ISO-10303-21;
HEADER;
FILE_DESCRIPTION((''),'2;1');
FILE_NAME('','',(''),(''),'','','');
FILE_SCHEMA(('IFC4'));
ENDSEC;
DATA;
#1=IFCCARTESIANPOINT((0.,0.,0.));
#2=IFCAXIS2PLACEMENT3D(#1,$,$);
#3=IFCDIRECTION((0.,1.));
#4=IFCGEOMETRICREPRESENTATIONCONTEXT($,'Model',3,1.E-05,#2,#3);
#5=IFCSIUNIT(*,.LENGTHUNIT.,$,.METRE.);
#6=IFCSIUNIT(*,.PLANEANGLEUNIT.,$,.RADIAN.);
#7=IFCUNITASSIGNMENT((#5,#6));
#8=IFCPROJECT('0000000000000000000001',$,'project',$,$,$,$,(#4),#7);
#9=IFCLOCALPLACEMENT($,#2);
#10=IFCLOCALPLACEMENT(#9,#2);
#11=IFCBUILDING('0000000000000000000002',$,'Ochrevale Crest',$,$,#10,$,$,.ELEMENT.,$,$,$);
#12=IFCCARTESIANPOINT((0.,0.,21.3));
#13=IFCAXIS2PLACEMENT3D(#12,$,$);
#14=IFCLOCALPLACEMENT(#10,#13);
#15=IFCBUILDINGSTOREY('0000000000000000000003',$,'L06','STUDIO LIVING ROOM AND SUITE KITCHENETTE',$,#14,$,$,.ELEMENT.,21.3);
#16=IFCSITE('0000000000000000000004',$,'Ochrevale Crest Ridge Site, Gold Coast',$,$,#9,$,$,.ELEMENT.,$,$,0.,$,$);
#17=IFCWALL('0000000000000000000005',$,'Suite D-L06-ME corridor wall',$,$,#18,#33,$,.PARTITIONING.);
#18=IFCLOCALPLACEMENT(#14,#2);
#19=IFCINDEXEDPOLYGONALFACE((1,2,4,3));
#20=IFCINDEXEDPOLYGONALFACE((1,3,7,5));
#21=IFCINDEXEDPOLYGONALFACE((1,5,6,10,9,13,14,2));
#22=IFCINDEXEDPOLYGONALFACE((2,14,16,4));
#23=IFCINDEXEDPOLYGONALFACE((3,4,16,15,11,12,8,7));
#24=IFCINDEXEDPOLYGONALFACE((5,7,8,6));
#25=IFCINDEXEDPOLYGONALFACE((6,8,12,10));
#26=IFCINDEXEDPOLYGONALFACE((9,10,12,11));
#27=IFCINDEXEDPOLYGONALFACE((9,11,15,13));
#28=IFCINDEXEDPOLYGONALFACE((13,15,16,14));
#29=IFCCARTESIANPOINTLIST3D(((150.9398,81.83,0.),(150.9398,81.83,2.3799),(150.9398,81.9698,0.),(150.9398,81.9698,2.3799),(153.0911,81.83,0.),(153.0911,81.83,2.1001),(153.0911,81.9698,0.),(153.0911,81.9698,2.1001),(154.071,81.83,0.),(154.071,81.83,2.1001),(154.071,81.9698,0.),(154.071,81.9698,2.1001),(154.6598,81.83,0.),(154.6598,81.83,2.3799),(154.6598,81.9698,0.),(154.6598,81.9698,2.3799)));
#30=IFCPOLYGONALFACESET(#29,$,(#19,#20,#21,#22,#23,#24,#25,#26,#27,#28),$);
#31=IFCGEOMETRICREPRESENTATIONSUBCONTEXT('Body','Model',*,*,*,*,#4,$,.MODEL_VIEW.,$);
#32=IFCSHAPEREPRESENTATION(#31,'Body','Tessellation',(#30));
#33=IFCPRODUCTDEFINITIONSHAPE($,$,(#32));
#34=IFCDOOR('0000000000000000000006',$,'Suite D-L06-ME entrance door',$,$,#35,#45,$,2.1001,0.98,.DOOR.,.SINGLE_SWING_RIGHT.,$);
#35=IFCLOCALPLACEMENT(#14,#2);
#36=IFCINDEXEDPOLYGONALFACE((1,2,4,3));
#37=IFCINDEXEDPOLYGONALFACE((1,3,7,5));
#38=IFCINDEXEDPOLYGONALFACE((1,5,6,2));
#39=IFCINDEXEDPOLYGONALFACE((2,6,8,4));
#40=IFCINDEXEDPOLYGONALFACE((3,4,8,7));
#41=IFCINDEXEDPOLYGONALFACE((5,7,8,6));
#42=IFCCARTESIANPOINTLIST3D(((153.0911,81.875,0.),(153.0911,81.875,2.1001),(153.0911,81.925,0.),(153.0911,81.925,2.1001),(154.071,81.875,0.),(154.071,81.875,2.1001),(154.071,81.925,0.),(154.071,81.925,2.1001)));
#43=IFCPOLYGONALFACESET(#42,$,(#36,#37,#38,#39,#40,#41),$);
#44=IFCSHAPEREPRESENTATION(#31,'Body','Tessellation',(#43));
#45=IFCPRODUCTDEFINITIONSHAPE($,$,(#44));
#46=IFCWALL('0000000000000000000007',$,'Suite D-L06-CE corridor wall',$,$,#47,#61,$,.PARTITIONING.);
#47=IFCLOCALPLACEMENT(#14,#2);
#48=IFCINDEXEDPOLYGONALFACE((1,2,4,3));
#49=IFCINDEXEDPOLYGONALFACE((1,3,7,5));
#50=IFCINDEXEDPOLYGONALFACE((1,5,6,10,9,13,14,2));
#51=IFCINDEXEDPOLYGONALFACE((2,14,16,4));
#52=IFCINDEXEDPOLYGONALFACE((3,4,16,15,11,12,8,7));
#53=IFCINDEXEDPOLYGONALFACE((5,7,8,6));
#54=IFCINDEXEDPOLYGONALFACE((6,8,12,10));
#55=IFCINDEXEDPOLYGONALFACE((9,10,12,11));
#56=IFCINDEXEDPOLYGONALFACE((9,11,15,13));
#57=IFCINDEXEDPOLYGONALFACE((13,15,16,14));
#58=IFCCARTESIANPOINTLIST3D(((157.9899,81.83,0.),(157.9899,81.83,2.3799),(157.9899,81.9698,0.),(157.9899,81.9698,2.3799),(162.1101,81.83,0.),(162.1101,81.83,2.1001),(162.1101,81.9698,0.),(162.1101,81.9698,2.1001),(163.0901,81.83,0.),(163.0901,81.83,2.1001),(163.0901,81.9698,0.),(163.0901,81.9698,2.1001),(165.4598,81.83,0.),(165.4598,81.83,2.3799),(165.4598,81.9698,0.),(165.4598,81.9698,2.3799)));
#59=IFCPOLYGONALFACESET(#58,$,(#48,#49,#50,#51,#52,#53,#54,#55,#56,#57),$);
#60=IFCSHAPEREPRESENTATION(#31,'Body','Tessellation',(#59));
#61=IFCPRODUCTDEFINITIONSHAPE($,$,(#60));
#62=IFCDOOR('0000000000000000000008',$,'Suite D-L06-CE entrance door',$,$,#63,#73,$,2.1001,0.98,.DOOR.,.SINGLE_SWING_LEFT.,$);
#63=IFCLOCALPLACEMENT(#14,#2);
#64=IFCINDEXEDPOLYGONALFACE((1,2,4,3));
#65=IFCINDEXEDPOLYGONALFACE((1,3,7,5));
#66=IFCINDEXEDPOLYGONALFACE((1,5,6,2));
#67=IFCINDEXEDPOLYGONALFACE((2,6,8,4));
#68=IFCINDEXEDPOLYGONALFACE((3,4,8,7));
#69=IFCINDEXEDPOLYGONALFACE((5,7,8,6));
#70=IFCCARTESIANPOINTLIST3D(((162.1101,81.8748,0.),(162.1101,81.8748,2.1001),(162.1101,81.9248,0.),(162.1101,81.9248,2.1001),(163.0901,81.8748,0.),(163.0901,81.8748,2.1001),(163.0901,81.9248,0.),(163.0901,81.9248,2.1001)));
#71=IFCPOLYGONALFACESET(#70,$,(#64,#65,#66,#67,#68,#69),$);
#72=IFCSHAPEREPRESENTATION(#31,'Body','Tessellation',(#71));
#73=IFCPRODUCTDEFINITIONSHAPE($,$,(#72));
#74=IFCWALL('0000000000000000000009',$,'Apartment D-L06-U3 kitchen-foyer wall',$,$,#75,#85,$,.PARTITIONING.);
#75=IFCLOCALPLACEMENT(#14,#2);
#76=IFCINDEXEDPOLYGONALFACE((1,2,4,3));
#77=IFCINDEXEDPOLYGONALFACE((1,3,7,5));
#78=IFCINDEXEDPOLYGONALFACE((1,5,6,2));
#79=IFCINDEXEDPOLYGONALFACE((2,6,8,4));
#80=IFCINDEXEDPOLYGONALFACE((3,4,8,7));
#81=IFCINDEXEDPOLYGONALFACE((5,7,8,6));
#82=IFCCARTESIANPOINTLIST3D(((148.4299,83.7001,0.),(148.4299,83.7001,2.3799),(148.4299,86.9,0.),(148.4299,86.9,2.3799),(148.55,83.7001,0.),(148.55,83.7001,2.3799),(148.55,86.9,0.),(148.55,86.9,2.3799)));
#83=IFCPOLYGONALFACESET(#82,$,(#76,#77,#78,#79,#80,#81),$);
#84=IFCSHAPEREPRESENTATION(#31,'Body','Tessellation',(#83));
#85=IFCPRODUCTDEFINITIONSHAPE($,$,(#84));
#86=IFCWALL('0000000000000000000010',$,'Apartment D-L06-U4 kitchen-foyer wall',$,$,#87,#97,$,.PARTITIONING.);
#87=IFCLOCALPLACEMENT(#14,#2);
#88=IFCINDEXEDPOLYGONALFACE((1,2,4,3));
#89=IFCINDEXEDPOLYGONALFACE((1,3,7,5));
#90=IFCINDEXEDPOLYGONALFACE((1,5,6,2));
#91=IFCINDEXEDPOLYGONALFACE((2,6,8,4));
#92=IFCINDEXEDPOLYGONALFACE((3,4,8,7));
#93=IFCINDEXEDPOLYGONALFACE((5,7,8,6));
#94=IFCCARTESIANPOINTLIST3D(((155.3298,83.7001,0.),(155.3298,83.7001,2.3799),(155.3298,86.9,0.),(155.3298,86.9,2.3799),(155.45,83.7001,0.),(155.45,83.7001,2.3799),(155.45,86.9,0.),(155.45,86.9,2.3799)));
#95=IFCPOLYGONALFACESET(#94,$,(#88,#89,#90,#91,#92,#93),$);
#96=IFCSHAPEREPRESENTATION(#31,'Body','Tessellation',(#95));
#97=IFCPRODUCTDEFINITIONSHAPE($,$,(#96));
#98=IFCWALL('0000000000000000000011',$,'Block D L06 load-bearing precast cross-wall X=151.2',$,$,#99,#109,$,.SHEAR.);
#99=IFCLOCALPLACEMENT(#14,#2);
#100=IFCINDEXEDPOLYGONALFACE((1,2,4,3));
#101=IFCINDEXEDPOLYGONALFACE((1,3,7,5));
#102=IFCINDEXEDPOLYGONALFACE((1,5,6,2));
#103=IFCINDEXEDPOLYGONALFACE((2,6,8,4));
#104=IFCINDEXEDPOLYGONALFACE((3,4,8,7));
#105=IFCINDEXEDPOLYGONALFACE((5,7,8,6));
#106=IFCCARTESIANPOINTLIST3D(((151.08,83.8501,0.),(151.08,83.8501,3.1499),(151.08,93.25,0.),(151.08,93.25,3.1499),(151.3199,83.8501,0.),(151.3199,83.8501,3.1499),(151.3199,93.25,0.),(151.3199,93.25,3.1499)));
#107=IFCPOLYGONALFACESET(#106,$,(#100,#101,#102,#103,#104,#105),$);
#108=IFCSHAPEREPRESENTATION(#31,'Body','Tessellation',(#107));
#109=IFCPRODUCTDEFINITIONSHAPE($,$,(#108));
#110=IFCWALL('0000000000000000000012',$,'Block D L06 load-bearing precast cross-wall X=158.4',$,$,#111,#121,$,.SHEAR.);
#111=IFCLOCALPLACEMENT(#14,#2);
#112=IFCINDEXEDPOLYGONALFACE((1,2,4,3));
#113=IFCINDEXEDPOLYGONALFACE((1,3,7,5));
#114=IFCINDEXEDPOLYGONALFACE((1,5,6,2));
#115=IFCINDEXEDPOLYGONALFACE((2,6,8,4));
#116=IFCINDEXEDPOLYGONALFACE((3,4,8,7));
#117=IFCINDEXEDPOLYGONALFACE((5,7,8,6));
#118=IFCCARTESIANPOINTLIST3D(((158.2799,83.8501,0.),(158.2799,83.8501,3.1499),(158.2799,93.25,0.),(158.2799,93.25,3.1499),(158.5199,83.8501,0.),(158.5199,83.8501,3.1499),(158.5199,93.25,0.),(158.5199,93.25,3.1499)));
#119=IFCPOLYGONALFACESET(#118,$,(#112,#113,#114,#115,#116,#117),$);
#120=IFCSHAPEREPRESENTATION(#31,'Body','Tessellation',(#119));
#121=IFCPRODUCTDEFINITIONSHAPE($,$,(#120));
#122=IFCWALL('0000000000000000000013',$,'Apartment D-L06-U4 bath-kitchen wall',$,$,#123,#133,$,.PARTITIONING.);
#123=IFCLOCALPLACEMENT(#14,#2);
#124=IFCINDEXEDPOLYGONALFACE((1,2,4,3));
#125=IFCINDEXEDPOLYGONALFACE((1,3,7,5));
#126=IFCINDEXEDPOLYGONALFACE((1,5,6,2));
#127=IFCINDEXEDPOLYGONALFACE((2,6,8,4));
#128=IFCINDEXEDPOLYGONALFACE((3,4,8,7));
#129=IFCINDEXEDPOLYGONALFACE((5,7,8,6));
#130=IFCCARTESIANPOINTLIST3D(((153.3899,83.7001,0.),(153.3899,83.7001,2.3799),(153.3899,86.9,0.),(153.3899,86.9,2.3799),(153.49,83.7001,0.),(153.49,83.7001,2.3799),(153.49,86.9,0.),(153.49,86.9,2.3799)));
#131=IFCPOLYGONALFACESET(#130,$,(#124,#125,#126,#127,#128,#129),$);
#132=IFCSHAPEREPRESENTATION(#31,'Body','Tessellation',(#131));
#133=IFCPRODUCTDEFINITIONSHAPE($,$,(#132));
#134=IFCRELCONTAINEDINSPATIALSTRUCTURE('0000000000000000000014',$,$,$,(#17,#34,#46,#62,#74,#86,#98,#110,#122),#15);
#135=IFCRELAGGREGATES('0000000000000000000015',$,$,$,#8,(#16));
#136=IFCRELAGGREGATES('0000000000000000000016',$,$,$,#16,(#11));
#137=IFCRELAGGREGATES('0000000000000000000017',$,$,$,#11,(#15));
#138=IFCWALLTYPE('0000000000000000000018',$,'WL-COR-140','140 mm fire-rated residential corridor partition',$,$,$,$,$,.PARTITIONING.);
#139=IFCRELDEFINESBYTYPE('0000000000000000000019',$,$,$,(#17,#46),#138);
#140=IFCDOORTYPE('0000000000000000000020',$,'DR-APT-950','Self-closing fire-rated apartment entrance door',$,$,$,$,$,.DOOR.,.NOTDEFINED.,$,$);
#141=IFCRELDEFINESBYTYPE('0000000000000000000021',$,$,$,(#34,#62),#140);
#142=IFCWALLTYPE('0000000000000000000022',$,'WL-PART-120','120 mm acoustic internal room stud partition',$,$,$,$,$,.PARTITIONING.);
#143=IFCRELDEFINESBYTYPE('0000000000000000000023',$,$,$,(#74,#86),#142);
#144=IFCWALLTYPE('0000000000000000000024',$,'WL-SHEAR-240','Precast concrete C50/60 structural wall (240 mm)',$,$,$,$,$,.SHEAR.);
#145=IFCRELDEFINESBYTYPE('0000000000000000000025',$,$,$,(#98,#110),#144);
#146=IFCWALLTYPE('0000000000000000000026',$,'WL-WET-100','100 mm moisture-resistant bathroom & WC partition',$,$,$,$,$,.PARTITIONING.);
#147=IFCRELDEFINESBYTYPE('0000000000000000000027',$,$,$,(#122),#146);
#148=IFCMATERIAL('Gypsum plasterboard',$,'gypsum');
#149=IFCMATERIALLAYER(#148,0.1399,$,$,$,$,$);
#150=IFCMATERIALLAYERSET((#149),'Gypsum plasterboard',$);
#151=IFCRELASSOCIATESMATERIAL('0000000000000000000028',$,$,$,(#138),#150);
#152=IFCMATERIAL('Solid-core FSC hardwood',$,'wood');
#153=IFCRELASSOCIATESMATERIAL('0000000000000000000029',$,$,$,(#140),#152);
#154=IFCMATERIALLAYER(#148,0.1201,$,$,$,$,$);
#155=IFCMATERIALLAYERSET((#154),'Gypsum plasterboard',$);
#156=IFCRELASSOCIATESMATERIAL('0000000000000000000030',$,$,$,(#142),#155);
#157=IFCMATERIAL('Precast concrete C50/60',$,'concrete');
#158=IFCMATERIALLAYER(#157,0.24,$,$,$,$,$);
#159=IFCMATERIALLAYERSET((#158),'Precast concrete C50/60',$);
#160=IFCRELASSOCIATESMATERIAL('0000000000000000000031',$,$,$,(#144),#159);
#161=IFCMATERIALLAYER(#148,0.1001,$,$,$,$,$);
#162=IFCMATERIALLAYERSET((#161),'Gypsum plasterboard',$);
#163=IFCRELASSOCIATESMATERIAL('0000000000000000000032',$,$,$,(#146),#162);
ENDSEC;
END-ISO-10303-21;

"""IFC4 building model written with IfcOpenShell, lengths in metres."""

from ifc_helpers import new_model, si_unit, direction, frame, frame_2d, origin, place, context, subcontext, project, spatial, rectangle, extrude, material, layer, layer_set, type_object, element, fill, save


model = new_model("IFC4")

# Units and contexts
model_context = context("Model", 3, precision=1e-05, world=origin(), true_north=direction((0.0, 1.0)))
body_context = subcontext(model_context, "Body", "Model", "MODEL_VIEW")
ifc_project = project(units=[si_unit("LENGTHUNIT", "METRE"), si_unit("PLANEANGLEUNIT", "RADIAN")], contexts=[model_context])

# Site, building, storey
site_placement = place(None, origin())
site = spatial("IfcSite", under=ifc_project, at=site_placement, Name="Ochrevale Crest Ridge Site, Gold Coast", CompositionType="ELEMENT", RefElevation=0.0)
building_placement = place(site_placement, origin())
building = spatial("IfcBuilding", under=site, at=building_placement, Name="Ochrevale Crest", CompositionType="ELEMENT")
storey_placement = place(building_placement, frame((0.0, 0.0, 21.3)))
storey = spatial("IfcBuildingStorey", under=building, at=storey_placement, Name="L06", Description="STUDIO LIVING ROOM AND SUITE KITCHENETTE", CompositionType="ELEMENT", Elevation=21.3)

# Shared definitions
ifc_material_1 = material(Name="Precast concrete C50/60", Category="concrete")

# Walls, openings, doors
ifc_material_2 = material(Name="Gypsum plasterboard", Category="gypsum")
ifc_layer_1 = layer(ifc_material_2, 0.1399)
ifc_layer_set_1 = layer_set([ifc_layer_1], Name="Gypsum plasterboard")
wall_type_1 = type_object("IfcWallType", Name="WL-COR-140", Description="140 mm fire-rated residential corridor partition", PredefinedType="PARTITIONING", material=ifc_layer_set_1)
ifc_material_3 = material(Name="Solid-core FSC hardwood", Category="wood")
door_type_1 = type_object("IfcDoorType", Name="DR-APT-950", Description="Self-closing fire-rated apartment entrance door", OperationType="NOTDEFINED", PredefinedType="DOOR", material=ifc_material_3)
wall_1_placement = place(storey_placement, frame((150.9399, 81.8999, 0.0), z_axis=(0.0, 0.0, 1.0), x_axis=(1.0, 0.0, 0.0)))
wall_1 = element("IfcWall", 1, at=wall_1_placement, inside=storey, type_object=wall_type_1, Name="Suite D-L06-ME corridor wall", PredefinedType="PARTITIONING", context=body_context, shape_type="SweptSolid", body=[
    extrude(rectangle(XDim=3.72, YDim=0.1399, at=frame_2d((1.8599, 0.0))), origin(), (0.0, 0.0, 1.0), 2.3799),
])
opening_1_placement = place(wall_1_placement, frame((3.1311, 0.0, 0.0), z_axis=(0.0, 0.0, 1.0), x_axis=(-1.0, 0.0, 0.0)))
opening_1 = element("IfcOpeningElement", 2, at=opening_1_placement, cuts=wall_1, PredefinedType="OPENING", context=body_context, shape_type="SweptSolid", body=[
    extrude(rectangle(XDim=0.98, YDim=2.1001, at=frame_2d((0.49, 1.05))), frame((0.0, 0.0801, 0.0), z_axis=(0.0, -1.0, 0.0), x_axis=(1.0, 0.0, 0.0)), (0.0, 0.0, 1.0), 0.1599),
])
door_1_placement = place(opening_1_placement, origin())
door_1 = element("IfcDoor", 3, at=door_1_placement, inside=storey, type_object=door_type_1, Name="Suite D-L06-ME entrance door", OperationType="SINGLE_SWING_RIGHT", OverallHeight=2.1001, OverallWidth=0.98, PredefinedType="DOOR", context=body_context, shape_type="SweptSolid", body=[
    extrude(rectangle(XDim=0.98, YDim=2.1001, at=frame_2d((0.49, 1.05))), frame((0.0, 0.0249, 0.0), z_axis=(0.0, -1.0, 0.0), x_axis=(1.0, 0.0, 0.0)), (0.0, 0.0, 1.0), 0.05),
])
fill(opening_1, door_1)
wall_2_placement = place(storey_placement, frame((157.99, 81.8999, 0.0), z_axis=(0.0, 0.0, 1.0), x_axis=(1.0, 0.0, 0.0)))
wall_2 = element("IfcWall", 4, at=wall_2_placement, inside=storey, type_object=wall_type_1, Name="Suite D-L06-CE corridor wall", PredefinedType="PARTITIONING", context=body_context, shape_type="SweptSolid", body=[
    extrude(rectangle(XDim=7.47, YDim=0.1399, at=frame_2d((3.7349, 0.0))), origin(), (0.0, 0.0, 1.0), 2.3799),
])
opening_2_placement = place(wall_2_placement, frame((4.1201, 0.0, 0.0)))
opening_2 = element("IfcOpeningElement", 5, at=opening_2_placement, cuts=wall_2, PredefinedType="OPENING", context=body_context, shape_type="SweptSolid", body=[
    extrude(rectangle(XDim=0.98, YDim=2.1001, at=frame_2d((0.49, 1.05))), frame((0.0, 0.0801, 0.0), z_axis=(0.0, -1.0, 0.0), x_axis=(1.0, 0.0, 0.0)), (0.0, 0.0, 1.0), 0.1599),
])
door_2_placement = place(opening_2_placement, origin())
door_2 = element("IfcDoor", 6, at=door_2_placement, inside=storey, type_object=door_type_1, Name="Suite D-L06-CE entrance door", OperationType="SINGLE_SWING_LEFT", OverallHeight=2.1001, OverallWidth=0.98, PredefinedType="DOOR", context=body_context, shape_type="SweptSolid", body=[
    extrude(rectangle(XDim=0.98, YDim=2.1001, at=frame_2d((0.49, 1.05))), frame((0.0, 0.0249, 0.0), z_axis=(0.0, -1.0, 0.0), x_axis=(1.0, 0.0, 0.0)), (0.0, 0.0, 1.0), 0.05),
])
fill(opening_2, door_2)

# Walls
ifc_layer_2 = layer(ifc_material_2, 0.1201)
ifc_layer_set_2 = layer_set([ifc_layer_2], Name="Gypsum plasterboard")
wall_type_2 = type_object("IfcWallType", Name="WL-PART-120", Description="120 mm acoustic internal room stud partition", PredefinedType="PARTITIONING", material=ifc_layer_set_2)
for number, where, z_axis, x_axis, name in (
    (7, (148.49, 83.7, 0.0), (0.0, 0.0, 1.0), (0.0, 1.0, 0.0), "Apartment D-L06-U3 kitchen-foyer wall"),
    (8, (155.3899, 83.7, 0.0), (0.0, 0.0, 1.0), (0.0, 1.0, 0.0), "Apartment D-L06-U4 kitchen-foyer wall"),
):
    element("IfcWall", number, at=place(storey_placement, frame(where, z_axis=z_axis, x_axis=x_axis)), inside=storey, type_object=wall_type_2, Name=name, PredefinedType="PARTITIONING", context=body_context, shape_type="SweptSolid", body=[
        extrude(rectangle(XDim=3.2, YDim=0.1201, at=frame_2d((1.6001, 0.0))), origin(), (0.0, 0.0, 1.0), 2.3799),
    ])
ifc_layer_3 = layer(ifc_material_1, 0.24)
ifc_layer_set_3 = layer_set([ifc_layer_3], Name="Precast concrete C50/60")
wall_type_3 = type_object("IfcWallType", Name="WL-SHEAR-240", Description="Precast concrete C50/60 structural wall (240 mm)", PredefinedType="SHEAR", material=ifc_layer_set_3)
for number, where, z_axis, x_axis, name in (
    (9, (151.2, 83.8501, 0.0), (0.0, 0.0, 1.0), (0.0, 1.0, 0.0), "Block D L06 load-bearing precast cross-wall X=151.2"),
    (10, (158.3999, 83.8501, 0.0), (0.0, 0.0, 1.0), (0.0, 1.0, 0.0), "Block D L06 load-bearing precast cross-wall X=158.4"),
):
    element("IfcWall", number, at=place(storey_placement, frame(where, z_axis=z_axis, x_axis=x_axis)), inside=storey, type_object=wall_type_3, Name=name, PredefinedType="SHEAR", context=body_context, shape_type="SweptSolid", body=[
        extrude(rectangle(XDim=9.3999, YDim=0.24, at=frame_2d((4.7, 0.0))), origin(), (0.0, 0.0, 1.0), 3.1499),
    ])
ifc_layer_4 = layer(ifc_material_2, 0.1001)
ifc_layer_set_4 = layer_set([ifc_layer_4], Name="Gypsum plasterboard")
wall_type_4 = type_object("IfcWallType", Name="WL-WET-100", Description="100 mm moisture-resistant bathroom & WC partition", PredefinedType="PARTITIONING", material=ifc_layer_set_4)
wall_3_placement = place(storey_placement, frame((153.4399, 83.7, 0.0), z_axis=(0.0, 0.0, 1.0), x_axis=(0.0, 1.0, 0.0)))
element("IfcWall", 11, at=wall_3_placement, inside=storey, type_object=wall_type_4, Name="Apartment D-L06-U4 bath-kitchen wall", PredefinedType="PARTITIONING", context=body_context, shape_type="SweptSolid", body=[
    extrude(rectangle(XDim=3.2, YDim=0.1001, at=frame_2d((1.6001, 0.0))), origin(), (0.0, 0.0, 1.0), 2.3799),
])

save(model, "model.ifc")
